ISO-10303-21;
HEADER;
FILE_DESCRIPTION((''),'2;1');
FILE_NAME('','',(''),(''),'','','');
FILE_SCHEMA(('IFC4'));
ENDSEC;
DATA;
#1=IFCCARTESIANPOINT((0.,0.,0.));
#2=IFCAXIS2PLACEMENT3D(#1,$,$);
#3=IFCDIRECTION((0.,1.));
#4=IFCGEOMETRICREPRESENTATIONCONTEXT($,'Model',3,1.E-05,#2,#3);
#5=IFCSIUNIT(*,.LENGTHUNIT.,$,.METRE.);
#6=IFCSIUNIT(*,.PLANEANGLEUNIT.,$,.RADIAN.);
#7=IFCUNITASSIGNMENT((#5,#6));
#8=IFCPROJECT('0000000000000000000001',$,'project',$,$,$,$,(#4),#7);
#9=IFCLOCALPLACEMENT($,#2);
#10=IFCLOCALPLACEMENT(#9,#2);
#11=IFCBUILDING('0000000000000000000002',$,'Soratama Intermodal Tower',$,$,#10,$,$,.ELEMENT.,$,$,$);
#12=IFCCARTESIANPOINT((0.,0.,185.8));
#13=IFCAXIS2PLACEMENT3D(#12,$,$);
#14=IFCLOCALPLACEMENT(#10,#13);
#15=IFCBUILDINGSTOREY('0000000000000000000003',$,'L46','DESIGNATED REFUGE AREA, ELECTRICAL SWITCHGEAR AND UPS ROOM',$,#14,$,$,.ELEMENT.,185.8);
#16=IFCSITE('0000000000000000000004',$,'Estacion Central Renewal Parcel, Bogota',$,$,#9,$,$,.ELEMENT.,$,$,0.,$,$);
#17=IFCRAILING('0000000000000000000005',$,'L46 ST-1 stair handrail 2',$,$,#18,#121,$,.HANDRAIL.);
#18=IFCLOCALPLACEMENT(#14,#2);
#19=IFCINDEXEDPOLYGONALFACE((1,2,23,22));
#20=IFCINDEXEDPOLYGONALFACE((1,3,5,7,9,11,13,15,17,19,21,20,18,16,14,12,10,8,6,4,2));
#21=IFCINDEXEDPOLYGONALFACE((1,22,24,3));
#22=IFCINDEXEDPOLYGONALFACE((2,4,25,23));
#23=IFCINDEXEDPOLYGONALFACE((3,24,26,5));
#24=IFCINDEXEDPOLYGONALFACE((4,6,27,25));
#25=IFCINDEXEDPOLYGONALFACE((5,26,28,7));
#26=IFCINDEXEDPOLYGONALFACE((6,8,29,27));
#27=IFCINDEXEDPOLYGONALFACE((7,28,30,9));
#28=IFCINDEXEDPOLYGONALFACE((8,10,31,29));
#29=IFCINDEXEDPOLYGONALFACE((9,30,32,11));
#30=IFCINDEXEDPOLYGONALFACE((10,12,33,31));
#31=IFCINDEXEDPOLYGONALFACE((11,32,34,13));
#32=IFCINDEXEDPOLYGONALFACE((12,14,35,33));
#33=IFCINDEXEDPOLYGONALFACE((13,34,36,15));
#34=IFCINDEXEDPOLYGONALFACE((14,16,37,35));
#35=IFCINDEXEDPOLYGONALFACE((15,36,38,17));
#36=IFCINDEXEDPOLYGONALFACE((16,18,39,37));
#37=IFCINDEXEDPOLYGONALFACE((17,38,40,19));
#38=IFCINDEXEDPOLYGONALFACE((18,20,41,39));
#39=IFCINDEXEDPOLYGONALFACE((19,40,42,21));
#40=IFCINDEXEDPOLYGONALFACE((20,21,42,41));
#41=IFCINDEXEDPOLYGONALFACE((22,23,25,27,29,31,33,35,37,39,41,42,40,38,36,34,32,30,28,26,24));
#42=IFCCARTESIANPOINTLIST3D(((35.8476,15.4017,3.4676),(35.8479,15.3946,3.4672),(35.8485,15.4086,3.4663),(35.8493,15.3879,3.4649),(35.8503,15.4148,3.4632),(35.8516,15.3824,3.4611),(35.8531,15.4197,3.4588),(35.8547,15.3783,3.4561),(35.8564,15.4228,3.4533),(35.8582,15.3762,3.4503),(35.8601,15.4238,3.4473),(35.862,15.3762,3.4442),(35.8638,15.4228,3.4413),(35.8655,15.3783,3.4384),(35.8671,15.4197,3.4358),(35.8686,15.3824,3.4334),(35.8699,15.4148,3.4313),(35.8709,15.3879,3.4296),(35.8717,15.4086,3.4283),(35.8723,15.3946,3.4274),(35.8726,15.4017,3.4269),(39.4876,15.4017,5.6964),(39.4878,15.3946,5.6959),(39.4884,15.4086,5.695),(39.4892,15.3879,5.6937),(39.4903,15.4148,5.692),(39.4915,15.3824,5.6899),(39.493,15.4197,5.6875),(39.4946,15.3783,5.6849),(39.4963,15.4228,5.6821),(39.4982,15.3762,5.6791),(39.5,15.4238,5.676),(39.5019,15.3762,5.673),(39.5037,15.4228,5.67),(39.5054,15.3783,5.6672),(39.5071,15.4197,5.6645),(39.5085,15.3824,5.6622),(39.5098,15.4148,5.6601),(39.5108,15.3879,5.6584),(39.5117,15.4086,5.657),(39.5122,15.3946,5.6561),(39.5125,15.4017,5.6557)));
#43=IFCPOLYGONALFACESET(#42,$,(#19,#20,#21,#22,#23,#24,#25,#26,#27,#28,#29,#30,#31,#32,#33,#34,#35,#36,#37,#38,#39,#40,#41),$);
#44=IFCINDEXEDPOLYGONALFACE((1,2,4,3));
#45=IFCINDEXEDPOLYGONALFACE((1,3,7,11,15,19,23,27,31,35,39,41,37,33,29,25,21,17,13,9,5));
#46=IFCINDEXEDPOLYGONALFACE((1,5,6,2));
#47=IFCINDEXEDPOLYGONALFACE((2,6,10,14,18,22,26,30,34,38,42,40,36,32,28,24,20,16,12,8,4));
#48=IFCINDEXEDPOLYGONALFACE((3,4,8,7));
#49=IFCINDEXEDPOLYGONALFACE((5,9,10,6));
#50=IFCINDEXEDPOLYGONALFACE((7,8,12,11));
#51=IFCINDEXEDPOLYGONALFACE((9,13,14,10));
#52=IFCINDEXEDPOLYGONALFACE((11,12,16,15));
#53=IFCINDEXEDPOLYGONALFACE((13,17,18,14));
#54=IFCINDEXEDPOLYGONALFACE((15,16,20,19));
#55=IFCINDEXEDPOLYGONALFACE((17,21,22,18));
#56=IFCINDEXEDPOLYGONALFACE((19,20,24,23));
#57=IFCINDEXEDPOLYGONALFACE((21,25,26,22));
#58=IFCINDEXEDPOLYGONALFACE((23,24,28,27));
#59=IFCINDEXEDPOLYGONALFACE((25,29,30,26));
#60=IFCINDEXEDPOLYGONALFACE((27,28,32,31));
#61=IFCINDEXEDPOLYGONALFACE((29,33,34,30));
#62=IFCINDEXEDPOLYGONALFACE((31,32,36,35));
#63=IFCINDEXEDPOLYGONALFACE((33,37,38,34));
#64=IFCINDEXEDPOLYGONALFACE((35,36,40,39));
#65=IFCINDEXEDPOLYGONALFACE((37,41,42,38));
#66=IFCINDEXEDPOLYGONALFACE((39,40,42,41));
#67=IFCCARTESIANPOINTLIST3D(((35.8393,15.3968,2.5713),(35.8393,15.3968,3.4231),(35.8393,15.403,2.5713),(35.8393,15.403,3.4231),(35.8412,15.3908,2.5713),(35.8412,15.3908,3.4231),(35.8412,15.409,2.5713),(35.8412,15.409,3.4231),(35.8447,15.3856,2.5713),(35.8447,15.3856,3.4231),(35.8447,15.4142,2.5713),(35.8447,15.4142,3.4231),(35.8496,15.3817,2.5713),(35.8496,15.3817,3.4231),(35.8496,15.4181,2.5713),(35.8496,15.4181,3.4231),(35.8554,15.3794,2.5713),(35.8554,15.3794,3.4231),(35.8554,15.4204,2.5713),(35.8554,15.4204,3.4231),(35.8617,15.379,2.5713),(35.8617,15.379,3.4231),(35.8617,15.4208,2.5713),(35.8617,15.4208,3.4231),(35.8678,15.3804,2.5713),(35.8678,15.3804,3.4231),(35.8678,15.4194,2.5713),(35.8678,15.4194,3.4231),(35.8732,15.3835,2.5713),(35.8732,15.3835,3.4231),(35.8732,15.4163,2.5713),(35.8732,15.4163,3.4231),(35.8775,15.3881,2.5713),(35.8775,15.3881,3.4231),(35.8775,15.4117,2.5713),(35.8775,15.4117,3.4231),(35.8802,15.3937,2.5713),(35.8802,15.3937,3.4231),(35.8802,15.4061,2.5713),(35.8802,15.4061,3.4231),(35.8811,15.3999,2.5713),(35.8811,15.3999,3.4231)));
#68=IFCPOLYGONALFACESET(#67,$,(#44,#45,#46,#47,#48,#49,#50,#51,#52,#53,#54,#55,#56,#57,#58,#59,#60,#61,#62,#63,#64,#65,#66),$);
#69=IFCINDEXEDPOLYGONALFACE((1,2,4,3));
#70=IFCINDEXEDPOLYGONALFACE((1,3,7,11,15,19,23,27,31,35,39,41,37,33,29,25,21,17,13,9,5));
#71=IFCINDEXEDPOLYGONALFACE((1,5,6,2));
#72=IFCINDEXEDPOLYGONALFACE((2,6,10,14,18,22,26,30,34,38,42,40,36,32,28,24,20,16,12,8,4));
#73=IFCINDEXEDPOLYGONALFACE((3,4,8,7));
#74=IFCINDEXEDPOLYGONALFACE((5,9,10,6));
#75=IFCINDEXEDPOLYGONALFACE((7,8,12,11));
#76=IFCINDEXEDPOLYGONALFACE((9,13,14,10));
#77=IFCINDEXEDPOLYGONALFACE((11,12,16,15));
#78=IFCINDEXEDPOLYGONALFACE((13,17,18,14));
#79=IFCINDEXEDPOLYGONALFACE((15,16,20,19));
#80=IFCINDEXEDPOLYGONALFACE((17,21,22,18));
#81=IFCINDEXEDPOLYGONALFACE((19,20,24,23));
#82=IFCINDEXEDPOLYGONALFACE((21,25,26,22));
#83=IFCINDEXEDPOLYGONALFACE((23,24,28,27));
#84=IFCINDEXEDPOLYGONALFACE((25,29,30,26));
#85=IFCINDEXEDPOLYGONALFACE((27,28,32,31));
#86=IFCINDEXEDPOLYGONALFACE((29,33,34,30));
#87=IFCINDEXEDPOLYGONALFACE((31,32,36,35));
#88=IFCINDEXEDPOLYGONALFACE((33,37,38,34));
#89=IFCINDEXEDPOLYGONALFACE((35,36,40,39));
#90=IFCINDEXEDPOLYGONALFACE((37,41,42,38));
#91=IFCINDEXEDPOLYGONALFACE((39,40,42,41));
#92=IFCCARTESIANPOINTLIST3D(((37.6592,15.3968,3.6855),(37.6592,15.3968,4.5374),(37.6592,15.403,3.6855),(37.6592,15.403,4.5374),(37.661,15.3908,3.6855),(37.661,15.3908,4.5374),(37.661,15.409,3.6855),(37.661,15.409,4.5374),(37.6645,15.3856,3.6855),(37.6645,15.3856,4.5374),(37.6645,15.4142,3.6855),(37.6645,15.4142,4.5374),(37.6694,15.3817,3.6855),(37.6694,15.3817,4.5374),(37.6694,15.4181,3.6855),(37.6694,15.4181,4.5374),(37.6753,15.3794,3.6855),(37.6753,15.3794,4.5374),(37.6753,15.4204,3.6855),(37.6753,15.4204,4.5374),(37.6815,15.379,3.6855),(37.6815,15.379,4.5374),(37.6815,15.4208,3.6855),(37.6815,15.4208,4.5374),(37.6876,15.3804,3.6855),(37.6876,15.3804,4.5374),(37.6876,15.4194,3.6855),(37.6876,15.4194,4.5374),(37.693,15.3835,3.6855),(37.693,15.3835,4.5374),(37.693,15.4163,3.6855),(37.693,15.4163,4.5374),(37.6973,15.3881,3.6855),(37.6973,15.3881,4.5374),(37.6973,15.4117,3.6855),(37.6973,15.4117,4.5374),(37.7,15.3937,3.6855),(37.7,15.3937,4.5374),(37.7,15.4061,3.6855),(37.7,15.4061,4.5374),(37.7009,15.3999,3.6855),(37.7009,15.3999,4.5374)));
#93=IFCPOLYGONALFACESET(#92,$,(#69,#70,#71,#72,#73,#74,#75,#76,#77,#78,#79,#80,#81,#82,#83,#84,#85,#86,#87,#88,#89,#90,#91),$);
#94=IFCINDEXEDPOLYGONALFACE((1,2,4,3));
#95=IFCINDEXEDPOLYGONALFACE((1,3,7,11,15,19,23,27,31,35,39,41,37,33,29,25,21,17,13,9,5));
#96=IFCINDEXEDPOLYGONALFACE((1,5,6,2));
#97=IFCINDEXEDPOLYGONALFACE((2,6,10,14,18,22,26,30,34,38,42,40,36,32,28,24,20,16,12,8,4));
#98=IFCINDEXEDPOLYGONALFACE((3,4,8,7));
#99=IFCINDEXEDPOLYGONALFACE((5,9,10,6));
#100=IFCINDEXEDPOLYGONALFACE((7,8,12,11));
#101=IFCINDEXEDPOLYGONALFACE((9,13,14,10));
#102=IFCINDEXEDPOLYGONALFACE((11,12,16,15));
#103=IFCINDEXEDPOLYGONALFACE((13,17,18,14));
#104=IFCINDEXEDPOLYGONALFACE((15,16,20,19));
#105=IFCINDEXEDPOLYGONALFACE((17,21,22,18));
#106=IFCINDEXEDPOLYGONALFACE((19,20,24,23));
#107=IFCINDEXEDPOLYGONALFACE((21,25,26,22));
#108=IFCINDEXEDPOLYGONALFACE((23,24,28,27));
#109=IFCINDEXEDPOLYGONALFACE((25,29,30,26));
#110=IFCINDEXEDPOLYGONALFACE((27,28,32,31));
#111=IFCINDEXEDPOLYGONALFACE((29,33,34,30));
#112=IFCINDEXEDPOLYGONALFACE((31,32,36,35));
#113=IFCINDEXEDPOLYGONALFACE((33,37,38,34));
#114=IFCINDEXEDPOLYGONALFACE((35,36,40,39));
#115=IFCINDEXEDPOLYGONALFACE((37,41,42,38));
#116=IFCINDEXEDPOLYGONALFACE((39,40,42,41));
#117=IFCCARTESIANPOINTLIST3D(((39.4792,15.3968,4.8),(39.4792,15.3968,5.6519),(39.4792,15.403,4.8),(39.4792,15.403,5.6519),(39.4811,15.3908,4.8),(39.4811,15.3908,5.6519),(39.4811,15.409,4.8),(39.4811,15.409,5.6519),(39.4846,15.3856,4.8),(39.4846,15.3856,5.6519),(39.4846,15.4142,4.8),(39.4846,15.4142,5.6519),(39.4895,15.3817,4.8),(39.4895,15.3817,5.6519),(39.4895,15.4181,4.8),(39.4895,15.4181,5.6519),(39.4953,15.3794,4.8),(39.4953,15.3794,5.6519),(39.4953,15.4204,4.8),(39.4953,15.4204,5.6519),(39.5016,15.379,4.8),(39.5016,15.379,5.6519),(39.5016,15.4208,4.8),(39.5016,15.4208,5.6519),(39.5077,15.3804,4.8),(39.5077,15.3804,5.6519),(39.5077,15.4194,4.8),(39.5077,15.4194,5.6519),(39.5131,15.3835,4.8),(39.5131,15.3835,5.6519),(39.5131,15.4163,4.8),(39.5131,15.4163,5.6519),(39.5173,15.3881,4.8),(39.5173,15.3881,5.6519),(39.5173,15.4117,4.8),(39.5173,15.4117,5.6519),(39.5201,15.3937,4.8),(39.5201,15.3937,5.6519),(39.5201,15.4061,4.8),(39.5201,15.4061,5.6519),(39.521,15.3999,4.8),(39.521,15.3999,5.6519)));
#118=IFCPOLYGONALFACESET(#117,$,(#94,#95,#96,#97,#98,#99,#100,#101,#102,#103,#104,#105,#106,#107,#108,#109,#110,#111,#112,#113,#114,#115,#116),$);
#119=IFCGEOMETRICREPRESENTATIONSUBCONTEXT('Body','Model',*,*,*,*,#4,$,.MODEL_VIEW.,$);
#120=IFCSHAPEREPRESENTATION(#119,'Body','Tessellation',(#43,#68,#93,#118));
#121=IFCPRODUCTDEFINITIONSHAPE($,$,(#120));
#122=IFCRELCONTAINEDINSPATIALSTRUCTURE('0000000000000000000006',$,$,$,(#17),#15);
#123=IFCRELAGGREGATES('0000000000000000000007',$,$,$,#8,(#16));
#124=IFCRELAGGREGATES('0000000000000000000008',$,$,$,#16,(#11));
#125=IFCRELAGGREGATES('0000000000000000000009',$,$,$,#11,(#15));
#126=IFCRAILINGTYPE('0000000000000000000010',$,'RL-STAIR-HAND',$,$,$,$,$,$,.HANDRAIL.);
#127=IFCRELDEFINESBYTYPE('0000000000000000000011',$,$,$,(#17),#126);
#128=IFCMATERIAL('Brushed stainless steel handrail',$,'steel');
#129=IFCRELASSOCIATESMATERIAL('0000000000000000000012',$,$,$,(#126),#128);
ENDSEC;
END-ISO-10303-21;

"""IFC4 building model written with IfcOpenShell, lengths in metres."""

from ifc_helpers import new_model, si_unit, direction, frame, origin, origin_2d, place, context, subcontext, project, spatial, circle, extrude, material, type_object, element, save


model = new_model("IFC4")

# Units and contexts
model_context = context("Model", 3, precision=1e-05, world=origin(), true_north=direction((0.0, 1.0)))
body_context = subcontext(model_context, "Body", "Model", "MODEL_VIEW")
ifc_project = project(units=[si_unit("LENGTHUNIT", "METRE"), si_unit("PLANEANGLEUNIT", "RADIAN")], contexts=[model_context])

# Site, building, storey
site_placement = place(None, origin())
site = spatial("IfcSite", under=ifc_project, at=site_placement, Name="Estacion Central Renewal Parcel, Bogota", CompositionType="ELEMENT", RefElevation=0.0)
building_placement = place(site_placement, origin())
building = spatial("IfcBuilding", under=site, at=building_placement, Name="Soratama Intermodal Tower", CompositionType="ELEMENT")
storey_placement = place(building_placement, frame((0.0, 0.0, 185.8)))
storey = spatial("IfcBuildingStorey", under=building, at=storey_placement, Name="L46", Description="DESIGNATED REFUGE AREA, ELECTRICAL SWITCHGEAR AND UPS ROOM", CompositionType="ELEMENT", Elevation=185.8)

# Railing
ifc_material_1 = material(Name="Brushed stainless steel handrail", Category="steel")
railing_type_1 = type_object("IfcRailingType", Name="RL-STAIR-HAND", PredefinedType="HANDRAIL", material=ifc_material_1)
railing_1_placement = place(storey_placement, frame((35.8601, 15.3999, 2.5713)))
element("IfcRailing", 1, at=railing_1_placement, inside=storey, type_object=railing_type_1, Name="L46 ST-1 stair handrail 2", PredefinedType="HANDRAIL", context=body_context, shape_type="SweptSolid", body=[
    extrude(circle(Radius=0.0239, at=origin_2d()), frame((0.0, 0.0, 0.876), z_axis=(0.852825, 0.0, 0.522197), x_axis=(0.0, 1.0, 0.0)), (0.0, 0.0, 1.0), 4.2681),
    extrude(circle(Radius=0.021, at=origin_2d()), origin(), (0.0, 0.0, 1.0), 0.8518),
    extrude(circle(Radius=0.021, at=origin_2d()), frame((1.8198, 0.0, 1.1143)), (0.0, 0.0, 1.0), 0.8518),
    extrude(circle(Radius=0.021, at=origin_2d()), frame((3.6399, 0.0, 2.2288)), (0.0, 0.0, 1.0), 0.8518),
])

save(model, "model.ifc")
